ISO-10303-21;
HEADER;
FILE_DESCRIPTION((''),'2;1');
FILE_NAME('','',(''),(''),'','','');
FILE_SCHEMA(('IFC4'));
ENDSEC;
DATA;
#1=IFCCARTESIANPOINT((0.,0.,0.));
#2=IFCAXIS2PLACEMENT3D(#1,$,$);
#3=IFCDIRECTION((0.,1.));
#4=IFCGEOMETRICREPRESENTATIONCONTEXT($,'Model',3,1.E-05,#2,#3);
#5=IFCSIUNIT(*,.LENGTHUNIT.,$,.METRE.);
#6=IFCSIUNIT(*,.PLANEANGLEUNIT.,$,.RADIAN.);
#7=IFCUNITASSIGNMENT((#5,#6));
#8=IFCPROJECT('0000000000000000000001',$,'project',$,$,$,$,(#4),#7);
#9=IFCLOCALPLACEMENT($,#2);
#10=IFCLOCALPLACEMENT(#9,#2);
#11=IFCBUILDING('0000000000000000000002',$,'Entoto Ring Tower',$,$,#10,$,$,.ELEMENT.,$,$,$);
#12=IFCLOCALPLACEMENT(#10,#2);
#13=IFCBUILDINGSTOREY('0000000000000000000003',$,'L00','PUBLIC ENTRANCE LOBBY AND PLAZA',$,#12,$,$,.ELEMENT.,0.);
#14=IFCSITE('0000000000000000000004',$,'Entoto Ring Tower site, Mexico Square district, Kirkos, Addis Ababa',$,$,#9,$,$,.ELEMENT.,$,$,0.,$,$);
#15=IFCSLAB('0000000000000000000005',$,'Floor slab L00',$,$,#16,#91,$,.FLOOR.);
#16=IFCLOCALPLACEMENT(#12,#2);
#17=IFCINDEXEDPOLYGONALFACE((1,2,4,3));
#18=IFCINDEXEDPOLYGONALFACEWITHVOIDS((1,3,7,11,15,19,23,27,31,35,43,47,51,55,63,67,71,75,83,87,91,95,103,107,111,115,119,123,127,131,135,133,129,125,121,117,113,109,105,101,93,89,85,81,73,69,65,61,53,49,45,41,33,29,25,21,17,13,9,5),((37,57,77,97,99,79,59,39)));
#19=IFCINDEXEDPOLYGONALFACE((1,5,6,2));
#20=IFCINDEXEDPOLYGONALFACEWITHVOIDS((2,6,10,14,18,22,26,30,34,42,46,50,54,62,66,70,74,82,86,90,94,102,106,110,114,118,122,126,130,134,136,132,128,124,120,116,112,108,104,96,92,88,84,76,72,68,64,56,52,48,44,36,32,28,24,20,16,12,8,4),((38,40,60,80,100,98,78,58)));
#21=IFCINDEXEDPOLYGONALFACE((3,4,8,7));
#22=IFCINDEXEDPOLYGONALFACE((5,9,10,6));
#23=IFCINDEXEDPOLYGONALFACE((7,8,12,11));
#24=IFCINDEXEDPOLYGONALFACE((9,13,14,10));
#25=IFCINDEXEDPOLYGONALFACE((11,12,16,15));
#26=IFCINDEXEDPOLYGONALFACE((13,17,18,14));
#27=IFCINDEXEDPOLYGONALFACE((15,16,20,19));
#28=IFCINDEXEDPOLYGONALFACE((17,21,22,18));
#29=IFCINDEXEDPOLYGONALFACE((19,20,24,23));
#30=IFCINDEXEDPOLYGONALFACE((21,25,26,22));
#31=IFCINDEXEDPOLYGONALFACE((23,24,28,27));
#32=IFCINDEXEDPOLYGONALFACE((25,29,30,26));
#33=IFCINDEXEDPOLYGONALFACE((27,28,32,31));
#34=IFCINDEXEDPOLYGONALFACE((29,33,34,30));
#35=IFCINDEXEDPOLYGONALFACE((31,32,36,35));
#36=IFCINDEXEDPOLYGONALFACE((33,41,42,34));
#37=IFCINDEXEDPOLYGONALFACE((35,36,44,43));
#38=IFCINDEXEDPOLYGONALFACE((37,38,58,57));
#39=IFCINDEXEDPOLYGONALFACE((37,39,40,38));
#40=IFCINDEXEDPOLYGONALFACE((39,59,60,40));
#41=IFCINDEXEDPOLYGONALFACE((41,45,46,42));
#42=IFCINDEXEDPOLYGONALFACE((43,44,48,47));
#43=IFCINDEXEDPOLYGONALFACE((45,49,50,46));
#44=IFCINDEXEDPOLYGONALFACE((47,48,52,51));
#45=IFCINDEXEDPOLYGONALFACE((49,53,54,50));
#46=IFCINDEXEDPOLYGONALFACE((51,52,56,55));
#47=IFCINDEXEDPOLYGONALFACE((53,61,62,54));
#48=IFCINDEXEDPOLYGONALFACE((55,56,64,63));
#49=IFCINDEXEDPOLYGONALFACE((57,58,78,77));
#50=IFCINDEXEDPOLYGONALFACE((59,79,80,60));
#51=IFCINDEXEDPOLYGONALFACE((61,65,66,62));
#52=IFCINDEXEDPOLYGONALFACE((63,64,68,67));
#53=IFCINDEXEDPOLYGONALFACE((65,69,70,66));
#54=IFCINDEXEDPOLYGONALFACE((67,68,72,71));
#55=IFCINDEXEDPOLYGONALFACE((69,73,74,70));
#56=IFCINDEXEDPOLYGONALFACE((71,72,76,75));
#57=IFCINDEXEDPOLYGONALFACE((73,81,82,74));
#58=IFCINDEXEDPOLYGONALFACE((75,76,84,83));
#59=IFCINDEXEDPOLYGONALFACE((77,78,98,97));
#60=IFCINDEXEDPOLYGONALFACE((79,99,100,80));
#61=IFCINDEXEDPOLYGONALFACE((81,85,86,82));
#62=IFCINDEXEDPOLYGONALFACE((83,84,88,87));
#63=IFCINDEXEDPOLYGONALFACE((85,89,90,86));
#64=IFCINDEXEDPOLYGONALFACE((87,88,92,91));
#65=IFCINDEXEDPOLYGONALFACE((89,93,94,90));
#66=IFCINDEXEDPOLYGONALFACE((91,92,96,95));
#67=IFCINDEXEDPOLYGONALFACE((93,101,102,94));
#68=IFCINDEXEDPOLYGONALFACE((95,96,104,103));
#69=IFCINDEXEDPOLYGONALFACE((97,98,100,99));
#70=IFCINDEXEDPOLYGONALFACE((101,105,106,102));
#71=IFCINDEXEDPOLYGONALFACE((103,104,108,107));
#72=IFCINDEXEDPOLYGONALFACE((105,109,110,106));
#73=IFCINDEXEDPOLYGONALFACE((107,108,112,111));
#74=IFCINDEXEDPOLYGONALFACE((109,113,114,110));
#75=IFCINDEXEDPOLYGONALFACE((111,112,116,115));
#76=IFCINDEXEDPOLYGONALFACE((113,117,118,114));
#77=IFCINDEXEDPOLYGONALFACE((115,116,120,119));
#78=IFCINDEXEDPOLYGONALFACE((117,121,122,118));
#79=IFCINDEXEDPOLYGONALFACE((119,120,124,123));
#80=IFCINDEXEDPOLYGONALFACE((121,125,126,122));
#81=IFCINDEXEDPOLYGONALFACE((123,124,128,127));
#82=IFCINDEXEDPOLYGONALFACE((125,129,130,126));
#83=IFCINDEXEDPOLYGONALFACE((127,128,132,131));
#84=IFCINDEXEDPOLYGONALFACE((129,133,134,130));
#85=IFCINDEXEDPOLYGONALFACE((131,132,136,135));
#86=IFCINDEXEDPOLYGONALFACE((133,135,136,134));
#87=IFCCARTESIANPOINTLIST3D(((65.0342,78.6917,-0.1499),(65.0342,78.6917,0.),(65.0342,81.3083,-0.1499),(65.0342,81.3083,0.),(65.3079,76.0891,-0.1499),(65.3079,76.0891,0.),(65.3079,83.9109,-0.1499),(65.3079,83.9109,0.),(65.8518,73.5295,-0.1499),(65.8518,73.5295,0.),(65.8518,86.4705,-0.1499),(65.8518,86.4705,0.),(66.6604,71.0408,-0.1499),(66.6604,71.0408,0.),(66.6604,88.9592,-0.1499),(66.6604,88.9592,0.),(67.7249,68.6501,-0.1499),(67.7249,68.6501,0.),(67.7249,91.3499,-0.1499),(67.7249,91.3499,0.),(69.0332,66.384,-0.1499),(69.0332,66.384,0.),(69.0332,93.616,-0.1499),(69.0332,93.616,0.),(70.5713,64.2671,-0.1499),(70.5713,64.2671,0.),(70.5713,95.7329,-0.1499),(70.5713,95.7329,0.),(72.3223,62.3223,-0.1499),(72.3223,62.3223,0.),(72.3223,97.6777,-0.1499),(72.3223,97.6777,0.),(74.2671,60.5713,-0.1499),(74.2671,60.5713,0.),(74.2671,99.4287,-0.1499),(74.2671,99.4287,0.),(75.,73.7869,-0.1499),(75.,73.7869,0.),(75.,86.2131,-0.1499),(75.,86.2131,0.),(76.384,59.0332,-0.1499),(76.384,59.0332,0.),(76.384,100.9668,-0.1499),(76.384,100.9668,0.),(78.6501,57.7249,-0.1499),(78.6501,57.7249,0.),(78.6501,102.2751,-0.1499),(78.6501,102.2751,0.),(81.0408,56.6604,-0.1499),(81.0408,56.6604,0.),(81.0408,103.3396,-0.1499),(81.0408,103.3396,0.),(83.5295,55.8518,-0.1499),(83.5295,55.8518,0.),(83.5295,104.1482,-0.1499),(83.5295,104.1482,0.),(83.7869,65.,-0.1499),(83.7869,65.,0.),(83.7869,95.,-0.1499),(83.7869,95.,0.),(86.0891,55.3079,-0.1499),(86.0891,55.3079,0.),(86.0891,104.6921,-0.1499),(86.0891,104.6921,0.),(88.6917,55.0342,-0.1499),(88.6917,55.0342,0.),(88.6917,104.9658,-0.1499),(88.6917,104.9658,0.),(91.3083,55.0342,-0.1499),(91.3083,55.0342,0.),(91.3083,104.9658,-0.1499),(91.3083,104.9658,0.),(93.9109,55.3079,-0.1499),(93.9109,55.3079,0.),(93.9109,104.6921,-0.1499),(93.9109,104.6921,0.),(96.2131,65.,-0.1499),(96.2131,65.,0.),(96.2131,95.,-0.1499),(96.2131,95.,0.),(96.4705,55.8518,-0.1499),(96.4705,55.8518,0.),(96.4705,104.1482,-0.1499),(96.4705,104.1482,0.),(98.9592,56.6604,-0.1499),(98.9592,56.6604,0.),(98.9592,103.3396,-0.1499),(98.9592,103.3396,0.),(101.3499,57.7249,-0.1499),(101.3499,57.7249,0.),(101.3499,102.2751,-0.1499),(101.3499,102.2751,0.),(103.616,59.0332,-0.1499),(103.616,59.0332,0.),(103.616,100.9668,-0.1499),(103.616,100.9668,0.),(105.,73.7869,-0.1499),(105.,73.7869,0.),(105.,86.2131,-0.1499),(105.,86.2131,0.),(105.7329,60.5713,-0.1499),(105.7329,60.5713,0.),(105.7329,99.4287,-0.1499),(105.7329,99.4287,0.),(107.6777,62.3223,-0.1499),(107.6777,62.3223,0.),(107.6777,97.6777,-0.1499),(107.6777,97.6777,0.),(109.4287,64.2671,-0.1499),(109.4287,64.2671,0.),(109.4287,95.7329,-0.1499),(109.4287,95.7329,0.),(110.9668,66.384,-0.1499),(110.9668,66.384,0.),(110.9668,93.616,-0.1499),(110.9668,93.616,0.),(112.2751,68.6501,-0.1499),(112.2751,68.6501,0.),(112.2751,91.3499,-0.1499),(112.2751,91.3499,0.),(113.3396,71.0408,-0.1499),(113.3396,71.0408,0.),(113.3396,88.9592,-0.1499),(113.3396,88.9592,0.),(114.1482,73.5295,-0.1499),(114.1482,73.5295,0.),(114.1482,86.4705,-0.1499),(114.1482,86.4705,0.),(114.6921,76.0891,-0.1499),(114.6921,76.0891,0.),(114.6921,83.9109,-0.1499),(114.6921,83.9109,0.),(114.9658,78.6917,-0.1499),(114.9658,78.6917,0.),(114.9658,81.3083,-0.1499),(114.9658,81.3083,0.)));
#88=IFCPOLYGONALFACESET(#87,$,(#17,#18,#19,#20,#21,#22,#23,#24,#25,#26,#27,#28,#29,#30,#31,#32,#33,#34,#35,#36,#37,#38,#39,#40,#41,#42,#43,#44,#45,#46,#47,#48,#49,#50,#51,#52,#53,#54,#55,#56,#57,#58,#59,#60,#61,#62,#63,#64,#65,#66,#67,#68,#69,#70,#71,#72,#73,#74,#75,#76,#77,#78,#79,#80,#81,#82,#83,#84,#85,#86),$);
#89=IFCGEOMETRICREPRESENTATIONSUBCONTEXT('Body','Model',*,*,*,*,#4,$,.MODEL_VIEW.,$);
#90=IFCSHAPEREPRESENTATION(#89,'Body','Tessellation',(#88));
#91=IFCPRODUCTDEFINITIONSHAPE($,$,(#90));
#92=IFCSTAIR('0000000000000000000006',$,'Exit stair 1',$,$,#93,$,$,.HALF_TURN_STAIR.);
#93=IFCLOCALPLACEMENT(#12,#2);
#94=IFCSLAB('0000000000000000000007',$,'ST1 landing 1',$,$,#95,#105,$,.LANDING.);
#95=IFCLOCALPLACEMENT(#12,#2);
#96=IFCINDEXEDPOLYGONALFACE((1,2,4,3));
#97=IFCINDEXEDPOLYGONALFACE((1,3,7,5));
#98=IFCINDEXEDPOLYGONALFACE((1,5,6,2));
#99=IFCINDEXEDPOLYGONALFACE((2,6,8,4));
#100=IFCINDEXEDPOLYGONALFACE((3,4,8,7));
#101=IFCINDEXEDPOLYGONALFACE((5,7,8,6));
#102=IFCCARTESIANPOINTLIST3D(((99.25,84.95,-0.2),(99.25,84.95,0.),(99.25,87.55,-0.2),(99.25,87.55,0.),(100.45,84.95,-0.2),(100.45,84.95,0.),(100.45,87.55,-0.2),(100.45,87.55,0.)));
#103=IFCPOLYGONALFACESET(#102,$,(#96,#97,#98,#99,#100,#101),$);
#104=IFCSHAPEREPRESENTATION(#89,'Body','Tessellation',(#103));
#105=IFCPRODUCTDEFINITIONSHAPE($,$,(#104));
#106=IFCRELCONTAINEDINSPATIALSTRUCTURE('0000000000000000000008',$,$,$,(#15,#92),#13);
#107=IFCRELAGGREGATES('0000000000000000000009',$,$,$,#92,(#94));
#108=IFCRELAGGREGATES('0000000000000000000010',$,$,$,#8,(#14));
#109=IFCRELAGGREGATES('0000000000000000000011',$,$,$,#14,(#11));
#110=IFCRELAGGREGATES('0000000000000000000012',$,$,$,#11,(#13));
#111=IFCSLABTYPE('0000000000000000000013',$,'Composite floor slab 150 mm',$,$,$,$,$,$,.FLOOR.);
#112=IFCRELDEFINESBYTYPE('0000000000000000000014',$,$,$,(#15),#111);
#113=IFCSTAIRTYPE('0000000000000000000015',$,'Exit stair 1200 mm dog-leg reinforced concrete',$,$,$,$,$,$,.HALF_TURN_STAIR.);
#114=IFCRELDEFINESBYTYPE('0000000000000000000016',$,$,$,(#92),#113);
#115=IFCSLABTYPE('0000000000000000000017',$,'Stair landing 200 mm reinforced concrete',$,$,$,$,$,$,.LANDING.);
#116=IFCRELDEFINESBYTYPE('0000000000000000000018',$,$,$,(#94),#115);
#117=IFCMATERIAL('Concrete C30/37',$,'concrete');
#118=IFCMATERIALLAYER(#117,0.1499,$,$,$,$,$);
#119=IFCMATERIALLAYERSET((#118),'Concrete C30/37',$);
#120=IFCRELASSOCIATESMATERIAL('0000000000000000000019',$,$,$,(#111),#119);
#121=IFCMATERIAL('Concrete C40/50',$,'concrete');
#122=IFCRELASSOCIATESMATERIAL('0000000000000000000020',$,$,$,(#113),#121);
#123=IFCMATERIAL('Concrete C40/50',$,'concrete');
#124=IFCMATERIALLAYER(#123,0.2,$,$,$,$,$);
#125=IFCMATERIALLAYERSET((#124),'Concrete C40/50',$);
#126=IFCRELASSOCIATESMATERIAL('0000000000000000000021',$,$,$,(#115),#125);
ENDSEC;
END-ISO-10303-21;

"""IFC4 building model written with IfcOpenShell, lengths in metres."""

from ifc_helpers import new_model, si_unit, direction, frame, origin, place, context, subcontext, project, spatial, polyline, outline, extrude, material, layer, layer_set, type_object, element, aggregate, save


model = new_model("IFC4")

# Units and contexts
model_context = context("Model", 3, precision=1e-05, world=origin(), true_north=direction((0.0, 1.0)))
body_context = subcontext(model_context, "Body", "Model", "MODEL_VIEW")
ifc_project = project(units=[si_unit("LENGTHUNIT", "METRE"), si_unit("PLANEANGLEUNIT", "RADIAN")], contexts=[model_context])

# Site, building, storey
site_placement = place(None, origin())
building_placement = place(site_placement, origin())
storey_placement = place(building_placement, origin())
site = spatial("IfcSite", under=ifc_project, at=site_placement, Name="Entoto Ring Tower site, Mexico Square district, Kirkos, Addis Ababa", CompositionType="ELEMENT", RefElevation=0.0)
building = spatial("IfcBuilding", under=site, at=building_placement, Name="Entoto Ring Tower", CompositionType="ELEMENT")
storey = spatial("IfcBuildingStorey", under=building, at=storey_placement, Name="L00", Description="PUBLIC ENTRANCE LOBBY AND PLAZA", CompositionType="ELEMENT", Elevation=0.0)

# Slab
ifc_material_1 = material(Name="Concrete C30/37", Category="concrete")
ifc_layer_1 = layer(ifc_material_1, 0.1499)
ifc_layer_set_1 = layer_set([ifc_layer_1], Name="Concrete C30/37")
slab_type_1 = type_object("IfcSlabType", Name="Composite floor slab 150 mm", PredefinedType="FLOOR", material=ifc_layer_set_1)
slab_1_placement = place(storey_placement, frame((0.0, 0.0, -0.1499)))
element("IfcSlab", 1, at=slab_1_placement, inside=storey, type_object=slab_type_1, Name="Floor slab L00", PredefinedType="FLOOR", context=body_context, shape_type="SweptSolid", body=[
    extrude(outline(polyline([(114.6921, 83.9109), (114.1482, 86.4705), (113.3396, 88.9592), (112.2751, 91.3499), (110.9668, 93.616), (109.4287, 95.7329), (107.6777, 97.6777), (105.7329, 99.4287), (103.616, 100.9668), (101.3499, 102.2751), (98.9592, 103.3396), (96.4705, 104.1482), (93.9109, 104.6921), (91.3083, 104.9658), (88.6917, 104.9658), (86.0891, 104.6921), (83.5295, 104.1482), (81.0408, 103.3396), (78.6501, 102.2751), (76.384, 100.9668), (74.2671, 99.4287), (72.3223, 97.6777), (70.5713, 95.7329), (69.0332, 93.616), (67.7249, 91.3499), (66.6604, 88.9592), (65.8518, 86.4705), (65.3079, 83.9109), (65.0342, 81.3083), (65.0342, 78.6917), (65.3079, 76.0891), (65.8518, 73.5295), (66.6604, 71.0408), (67.7249, 68.6501), (69.0332, 66.384), (70.5713, 64.2671), (72.3223, 62.3223), (74.2671, 60.5713), (76.384, 59.0332), (78.6501, 57.7249), (81.0408, 56.6604), (83.5295, 55.8518), (86.0891, 55.3079), (88.6917, 55.0342), (91.3083, 55.0342), (93.9109, 55.3079), (96.4705, 55.8518), (98.9592, 56.6604), (101.3499, 57.7249), (103.616, 59.0332), (105.7329, 60.5713), (107.6777, 62.3223), (109.4287, 64.2671), (110.9668, 66.384), (112.2751, 68.6501), (113.3396, 71.0408), (114.1482, 73.5295), (114.6921, 76.0891), (114.9658, 78.6917), (114.9658, 81.3083), (114.6921, 83.9109)]), holes=[polyline([(105.0, 73.7869), (105.0, 86.2131), (96.2131, 95.0), (83.7869, 95.0), (75.0, 86.2131), (75.0, 73.7869), (83.7869, 65.0), (96.2131, 65.0), (105.0, 73.7869)])]), origin(), (0.0, 0.0, 1.0), 0.1499),
])

# Stair, slab
ifc_material_2 = material(Name="Concrete C40/50", Category="concrete")
stair_type = type_object("IfcStairType", Name="Exit stair 1200 mm dog-leg reinforced concrete", PredefinedType="HALF_TURN_STAIR", material=ifc_material_2)
stair_placement = place(storey_placement, origin())
stair = element("IfcStair", 2, at=stair_placement, inside=storey, type_object=stair_type, Name="Exit stair 1", PredefinedType="HALF_TURN_STAIR")
ifc_material_3 = material(Name="Concrete C40/50", Category="concrete")
ifc_layer_2 = layer(ifc_material_3, 0.2)
ifc_layer_set_2 = layer_set([ifc_layer_2], Name="Concrete C40/50")
slab_type_2 = type_object("IfcSlabType", Name="Stair landing 200 mm reinforced concrete", PredefinedType="LANDING", material=ifc_layer_set_2)
slab_2_placement = place(storey_placement, frame((0.0, 0.0, -0.2)))
slab_2 = element("IfcSlab", 3, at=slab_2_placement, type_object=slab_type_2, Name="ST1 landing 1", PredefinedType="LANDING", context=body_context, shape_type="SweptSolid", body=[
    extrude(outline(polyline([(100.45, 84.95), (100.45, 87.55), (99.25, 87.55), (99.25, 84.95), (100.45, 84.95)])), origin(), (0.0, 0.0, 1.0), 0.2),
])
aggregate(stair, [slab_2])

save(model, "model.ifc")
